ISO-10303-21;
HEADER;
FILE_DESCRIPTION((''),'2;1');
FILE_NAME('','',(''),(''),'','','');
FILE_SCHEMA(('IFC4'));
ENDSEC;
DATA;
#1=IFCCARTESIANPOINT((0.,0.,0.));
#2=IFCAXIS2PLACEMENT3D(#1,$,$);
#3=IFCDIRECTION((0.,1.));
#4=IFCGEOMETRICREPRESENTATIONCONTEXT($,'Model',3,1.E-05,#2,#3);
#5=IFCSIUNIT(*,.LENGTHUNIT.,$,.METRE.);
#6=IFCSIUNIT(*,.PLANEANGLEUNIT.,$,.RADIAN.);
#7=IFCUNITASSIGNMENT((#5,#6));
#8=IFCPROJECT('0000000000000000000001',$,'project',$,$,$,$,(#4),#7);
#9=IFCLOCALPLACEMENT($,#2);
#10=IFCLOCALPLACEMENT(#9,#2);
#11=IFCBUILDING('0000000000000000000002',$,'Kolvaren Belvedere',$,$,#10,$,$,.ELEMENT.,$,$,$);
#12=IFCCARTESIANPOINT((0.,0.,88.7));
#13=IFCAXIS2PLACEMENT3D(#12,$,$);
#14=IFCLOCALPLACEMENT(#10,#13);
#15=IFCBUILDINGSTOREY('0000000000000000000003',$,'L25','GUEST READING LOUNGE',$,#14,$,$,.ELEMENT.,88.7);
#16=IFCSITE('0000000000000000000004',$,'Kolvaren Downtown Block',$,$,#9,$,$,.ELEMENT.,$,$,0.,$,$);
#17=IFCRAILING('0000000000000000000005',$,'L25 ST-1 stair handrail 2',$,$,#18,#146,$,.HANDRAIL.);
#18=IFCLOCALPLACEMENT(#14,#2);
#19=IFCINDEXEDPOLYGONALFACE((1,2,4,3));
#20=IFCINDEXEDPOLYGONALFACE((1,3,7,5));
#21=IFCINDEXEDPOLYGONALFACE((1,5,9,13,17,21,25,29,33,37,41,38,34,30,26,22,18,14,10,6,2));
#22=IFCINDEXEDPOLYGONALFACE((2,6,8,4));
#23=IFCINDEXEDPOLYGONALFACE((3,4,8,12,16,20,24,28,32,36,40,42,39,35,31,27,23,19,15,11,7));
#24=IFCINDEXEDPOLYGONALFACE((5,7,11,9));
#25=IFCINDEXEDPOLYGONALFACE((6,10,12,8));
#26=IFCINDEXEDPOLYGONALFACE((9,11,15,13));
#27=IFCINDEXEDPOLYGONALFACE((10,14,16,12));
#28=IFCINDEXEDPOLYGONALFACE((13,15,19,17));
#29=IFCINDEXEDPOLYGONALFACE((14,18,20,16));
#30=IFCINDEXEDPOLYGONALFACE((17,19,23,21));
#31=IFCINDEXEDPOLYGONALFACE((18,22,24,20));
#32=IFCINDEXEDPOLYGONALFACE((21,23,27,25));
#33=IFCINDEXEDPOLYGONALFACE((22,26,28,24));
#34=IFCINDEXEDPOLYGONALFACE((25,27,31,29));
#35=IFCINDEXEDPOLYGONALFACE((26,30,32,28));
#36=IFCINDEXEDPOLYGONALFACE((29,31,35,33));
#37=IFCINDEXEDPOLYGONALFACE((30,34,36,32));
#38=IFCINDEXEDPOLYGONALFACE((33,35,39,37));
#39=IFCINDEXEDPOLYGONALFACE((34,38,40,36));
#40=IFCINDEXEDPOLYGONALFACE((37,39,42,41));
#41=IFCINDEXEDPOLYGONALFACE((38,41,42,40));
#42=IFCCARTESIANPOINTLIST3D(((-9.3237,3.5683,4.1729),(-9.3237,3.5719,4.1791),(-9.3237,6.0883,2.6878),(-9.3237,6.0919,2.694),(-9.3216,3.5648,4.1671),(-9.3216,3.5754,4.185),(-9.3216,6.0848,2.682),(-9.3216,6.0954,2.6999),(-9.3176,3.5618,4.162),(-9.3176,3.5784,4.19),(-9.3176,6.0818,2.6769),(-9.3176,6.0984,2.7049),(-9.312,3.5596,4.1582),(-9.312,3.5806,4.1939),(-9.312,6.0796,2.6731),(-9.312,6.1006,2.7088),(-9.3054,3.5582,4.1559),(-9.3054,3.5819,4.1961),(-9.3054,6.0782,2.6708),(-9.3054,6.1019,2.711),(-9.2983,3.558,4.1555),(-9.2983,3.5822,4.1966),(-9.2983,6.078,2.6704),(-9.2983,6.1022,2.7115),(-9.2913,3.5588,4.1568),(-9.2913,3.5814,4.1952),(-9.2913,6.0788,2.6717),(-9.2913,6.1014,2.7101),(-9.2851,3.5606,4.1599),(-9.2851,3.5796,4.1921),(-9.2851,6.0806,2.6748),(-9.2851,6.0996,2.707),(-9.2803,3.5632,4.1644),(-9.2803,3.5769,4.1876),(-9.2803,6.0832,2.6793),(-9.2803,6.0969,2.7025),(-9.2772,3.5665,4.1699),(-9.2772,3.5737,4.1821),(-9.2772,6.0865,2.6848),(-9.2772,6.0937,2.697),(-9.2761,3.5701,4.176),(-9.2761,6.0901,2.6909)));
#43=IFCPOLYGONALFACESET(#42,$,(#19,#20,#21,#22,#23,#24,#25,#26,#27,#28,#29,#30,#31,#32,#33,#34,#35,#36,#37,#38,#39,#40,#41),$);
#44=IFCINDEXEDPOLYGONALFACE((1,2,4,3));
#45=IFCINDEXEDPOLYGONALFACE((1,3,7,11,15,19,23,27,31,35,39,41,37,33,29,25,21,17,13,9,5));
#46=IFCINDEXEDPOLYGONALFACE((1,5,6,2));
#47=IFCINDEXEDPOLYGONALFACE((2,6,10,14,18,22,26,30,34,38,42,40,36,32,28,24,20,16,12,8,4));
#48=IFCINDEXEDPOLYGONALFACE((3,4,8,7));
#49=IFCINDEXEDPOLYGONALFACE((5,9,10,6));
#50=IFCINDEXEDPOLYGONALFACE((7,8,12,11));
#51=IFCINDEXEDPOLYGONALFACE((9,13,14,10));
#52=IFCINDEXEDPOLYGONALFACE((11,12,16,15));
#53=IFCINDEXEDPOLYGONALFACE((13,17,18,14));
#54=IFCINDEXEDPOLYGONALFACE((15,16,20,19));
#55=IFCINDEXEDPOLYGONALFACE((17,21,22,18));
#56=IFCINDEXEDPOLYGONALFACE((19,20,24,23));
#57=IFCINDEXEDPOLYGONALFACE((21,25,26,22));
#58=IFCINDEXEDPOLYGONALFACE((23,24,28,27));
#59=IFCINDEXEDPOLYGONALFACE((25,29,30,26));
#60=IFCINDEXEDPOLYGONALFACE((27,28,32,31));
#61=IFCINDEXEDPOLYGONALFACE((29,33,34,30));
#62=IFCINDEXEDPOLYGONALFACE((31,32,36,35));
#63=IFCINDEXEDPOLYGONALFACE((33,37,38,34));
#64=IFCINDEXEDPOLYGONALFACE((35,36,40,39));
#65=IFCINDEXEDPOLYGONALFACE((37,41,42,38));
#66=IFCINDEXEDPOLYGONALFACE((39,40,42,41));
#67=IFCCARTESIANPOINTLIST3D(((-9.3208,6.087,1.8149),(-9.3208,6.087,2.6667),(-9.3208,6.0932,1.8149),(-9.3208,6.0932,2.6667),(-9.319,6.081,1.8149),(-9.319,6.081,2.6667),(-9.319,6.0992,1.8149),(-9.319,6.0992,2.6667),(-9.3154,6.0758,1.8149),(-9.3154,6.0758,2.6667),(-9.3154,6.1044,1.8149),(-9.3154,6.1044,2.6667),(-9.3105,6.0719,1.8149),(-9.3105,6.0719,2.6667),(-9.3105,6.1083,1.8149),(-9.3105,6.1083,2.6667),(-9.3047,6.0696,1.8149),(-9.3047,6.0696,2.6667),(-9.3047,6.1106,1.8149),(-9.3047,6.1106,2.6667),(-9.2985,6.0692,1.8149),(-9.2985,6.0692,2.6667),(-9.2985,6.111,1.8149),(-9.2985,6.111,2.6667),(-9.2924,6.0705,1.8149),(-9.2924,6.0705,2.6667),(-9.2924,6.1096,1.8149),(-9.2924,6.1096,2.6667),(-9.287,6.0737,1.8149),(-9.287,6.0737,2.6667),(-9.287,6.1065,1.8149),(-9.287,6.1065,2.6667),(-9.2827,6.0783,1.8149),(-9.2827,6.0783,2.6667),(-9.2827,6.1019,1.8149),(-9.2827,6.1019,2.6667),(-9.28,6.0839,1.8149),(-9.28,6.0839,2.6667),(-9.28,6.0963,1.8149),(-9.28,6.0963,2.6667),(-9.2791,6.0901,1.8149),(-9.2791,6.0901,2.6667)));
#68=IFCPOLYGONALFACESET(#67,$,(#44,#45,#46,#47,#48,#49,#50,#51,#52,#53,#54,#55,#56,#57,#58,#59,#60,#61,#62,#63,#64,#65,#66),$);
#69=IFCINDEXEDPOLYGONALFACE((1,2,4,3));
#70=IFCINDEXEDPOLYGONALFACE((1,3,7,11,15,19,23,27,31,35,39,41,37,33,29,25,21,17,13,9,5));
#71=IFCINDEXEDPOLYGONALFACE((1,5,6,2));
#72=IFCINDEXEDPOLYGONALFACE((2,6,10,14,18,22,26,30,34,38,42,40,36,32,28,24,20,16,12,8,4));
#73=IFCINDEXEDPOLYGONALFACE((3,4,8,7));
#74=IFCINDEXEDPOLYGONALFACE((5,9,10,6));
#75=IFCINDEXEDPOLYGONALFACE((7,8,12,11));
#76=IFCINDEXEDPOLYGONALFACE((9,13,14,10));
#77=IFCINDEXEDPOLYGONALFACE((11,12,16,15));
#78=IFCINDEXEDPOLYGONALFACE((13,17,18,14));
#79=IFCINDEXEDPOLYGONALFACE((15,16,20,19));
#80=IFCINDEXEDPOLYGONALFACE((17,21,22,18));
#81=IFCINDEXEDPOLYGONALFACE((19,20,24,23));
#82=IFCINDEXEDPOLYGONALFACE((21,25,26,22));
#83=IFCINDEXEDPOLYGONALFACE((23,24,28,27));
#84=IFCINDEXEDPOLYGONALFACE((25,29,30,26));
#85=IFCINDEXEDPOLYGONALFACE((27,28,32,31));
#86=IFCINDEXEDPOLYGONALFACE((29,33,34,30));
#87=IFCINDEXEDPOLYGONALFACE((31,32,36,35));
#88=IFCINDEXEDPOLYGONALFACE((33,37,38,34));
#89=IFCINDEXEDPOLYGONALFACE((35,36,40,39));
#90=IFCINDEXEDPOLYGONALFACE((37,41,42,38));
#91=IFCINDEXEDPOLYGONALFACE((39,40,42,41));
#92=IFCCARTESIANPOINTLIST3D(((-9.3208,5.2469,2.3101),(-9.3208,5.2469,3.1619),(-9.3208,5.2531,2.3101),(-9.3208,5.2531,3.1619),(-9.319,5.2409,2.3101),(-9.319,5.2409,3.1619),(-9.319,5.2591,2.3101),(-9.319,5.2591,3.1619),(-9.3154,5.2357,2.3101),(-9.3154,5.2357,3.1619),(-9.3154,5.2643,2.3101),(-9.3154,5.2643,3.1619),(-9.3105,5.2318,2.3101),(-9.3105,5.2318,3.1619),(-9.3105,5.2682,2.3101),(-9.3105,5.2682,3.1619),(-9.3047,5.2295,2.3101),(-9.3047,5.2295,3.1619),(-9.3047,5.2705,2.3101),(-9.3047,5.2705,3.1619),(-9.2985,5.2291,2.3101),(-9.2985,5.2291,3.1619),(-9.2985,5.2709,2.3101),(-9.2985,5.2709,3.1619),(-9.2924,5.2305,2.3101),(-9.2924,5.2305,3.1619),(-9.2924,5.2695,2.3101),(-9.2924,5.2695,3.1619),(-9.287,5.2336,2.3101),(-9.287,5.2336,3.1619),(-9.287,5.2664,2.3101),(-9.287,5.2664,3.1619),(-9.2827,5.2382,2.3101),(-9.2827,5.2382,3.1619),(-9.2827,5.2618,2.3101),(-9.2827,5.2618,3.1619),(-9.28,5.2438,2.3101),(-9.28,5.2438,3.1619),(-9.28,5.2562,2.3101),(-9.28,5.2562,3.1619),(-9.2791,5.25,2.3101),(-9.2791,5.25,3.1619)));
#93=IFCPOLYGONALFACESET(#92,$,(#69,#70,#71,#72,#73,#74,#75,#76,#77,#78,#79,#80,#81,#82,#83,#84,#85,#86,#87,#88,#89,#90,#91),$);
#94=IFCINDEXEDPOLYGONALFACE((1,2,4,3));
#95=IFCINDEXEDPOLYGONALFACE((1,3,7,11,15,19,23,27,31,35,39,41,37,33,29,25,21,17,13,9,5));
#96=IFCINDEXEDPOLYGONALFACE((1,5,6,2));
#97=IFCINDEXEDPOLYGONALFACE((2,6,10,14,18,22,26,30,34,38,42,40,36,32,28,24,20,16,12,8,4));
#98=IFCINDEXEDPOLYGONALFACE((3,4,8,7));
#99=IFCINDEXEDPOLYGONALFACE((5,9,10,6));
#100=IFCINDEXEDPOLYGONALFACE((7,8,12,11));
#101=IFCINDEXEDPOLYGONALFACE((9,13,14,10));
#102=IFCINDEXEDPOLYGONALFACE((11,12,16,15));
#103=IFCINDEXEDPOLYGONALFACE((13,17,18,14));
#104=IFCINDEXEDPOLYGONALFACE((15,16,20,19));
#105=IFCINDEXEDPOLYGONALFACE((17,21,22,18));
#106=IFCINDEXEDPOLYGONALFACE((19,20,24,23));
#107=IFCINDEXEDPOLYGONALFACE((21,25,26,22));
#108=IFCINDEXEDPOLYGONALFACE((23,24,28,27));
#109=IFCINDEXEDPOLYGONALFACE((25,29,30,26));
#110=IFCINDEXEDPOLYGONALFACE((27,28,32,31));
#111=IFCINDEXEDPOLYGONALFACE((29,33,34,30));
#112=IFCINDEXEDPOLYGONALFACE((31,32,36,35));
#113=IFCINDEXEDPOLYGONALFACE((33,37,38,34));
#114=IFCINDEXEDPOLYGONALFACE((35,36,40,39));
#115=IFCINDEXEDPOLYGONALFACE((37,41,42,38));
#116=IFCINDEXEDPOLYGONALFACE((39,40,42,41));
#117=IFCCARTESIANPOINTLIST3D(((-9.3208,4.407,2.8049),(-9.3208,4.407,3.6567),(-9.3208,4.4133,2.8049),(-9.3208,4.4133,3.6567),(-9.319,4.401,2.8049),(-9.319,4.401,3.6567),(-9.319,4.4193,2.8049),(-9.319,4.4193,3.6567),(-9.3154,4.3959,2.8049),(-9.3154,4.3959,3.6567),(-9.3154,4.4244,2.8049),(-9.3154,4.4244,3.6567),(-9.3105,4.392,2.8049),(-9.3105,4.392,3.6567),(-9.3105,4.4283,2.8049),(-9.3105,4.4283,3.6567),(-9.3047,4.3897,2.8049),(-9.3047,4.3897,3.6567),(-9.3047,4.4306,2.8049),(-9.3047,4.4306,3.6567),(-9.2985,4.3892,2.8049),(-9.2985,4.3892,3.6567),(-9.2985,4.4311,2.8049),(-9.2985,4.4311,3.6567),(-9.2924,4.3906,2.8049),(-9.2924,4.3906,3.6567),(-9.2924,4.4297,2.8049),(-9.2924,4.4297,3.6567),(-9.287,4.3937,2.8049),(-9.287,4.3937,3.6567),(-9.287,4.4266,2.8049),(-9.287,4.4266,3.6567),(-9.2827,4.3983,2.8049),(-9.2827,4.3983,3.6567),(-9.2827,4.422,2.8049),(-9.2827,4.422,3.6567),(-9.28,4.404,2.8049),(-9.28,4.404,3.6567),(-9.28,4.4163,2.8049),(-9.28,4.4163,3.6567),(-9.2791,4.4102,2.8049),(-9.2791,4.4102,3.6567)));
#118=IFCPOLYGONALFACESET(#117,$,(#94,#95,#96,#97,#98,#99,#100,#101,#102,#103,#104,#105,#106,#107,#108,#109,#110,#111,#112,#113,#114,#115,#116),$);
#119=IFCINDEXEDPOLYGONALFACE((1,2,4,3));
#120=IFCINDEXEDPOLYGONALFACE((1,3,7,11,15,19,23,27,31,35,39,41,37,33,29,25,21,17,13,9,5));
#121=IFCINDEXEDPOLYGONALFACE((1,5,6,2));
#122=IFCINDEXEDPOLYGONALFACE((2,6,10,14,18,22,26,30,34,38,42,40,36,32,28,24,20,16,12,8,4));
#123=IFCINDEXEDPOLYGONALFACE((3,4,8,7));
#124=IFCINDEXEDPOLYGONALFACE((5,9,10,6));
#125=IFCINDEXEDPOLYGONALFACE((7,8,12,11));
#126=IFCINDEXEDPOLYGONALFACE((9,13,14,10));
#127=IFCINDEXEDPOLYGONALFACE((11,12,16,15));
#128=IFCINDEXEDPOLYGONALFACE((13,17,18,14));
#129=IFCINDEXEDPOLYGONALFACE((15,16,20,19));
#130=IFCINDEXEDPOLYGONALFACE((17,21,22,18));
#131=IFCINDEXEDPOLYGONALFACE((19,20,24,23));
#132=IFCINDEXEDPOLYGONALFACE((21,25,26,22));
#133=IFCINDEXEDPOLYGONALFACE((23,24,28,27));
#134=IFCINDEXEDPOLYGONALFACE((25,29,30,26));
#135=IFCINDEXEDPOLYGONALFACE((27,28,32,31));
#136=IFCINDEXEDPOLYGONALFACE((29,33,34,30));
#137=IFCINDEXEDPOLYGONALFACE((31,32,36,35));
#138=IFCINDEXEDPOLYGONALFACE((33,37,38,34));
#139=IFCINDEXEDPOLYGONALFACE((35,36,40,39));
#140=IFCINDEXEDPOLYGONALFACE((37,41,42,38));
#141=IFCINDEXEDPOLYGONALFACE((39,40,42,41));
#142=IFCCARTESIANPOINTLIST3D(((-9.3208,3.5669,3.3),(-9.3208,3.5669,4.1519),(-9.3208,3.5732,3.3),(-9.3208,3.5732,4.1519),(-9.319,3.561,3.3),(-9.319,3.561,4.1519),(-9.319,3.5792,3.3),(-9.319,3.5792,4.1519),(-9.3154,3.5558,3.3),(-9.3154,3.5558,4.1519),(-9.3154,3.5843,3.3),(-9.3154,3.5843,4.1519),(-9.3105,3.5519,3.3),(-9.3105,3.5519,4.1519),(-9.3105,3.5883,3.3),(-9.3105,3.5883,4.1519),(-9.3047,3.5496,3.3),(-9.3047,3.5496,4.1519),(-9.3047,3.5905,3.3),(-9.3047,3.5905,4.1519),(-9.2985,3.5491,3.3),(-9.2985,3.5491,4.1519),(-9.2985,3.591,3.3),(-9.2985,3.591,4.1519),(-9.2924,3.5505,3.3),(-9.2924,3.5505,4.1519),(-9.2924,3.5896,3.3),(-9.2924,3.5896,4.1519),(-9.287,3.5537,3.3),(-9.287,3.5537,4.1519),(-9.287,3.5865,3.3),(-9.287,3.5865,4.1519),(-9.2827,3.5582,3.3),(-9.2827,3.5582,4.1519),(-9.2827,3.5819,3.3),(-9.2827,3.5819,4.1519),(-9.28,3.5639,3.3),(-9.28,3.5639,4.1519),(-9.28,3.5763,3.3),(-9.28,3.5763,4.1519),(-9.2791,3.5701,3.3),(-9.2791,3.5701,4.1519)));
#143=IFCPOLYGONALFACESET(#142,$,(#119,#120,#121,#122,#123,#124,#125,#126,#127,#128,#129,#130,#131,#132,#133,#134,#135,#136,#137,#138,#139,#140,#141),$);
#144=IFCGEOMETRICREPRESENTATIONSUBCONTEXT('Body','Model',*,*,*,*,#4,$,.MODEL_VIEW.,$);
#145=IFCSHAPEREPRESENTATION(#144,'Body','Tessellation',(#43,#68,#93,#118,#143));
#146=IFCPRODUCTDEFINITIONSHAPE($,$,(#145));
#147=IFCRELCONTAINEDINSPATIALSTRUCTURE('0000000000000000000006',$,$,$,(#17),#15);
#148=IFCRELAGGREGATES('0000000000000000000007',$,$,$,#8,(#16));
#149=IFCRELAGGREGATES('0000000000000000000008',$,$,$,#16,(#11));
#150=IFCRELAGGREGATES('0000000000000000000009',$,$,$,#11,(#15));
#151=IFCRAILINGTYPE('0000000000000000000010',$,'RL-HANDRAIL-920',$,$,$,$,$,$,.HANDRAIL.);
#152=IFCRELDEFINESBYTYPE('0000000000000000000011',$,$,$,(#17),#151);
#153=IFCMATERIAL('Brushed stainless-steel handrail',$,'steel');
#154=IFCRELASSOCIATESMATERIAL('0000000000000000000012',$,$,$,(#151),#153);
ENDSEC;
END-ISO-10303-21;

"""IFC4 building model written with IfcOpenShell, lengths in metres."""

from ifc_helpers import new_model, si_unit, direction, frame, origin, origin_2d, place, context, subcontext, project, spatial, circle, extrude, material, type_object, element, save


model = new_model("IFC4")

# Units and contexts
model_context = context("Model", 3, precision=1e-05, world=origin(), true_north=direction((0.0, 1.0)))
body_context = subcontext(model_context, "Body", "Model", "MODEL_VIEW")
ifc_project = project(units=[si_unit("LENGTHUNIT", "METRE"), si_unit("PLANEANGLEUNIT", "RADIAN")], contexts=[model_context])

# Site, building, storey
site_placement = place(None, origin())
site = spatial("IfcSite", under=ifc_project, at=site_placement, Name="Kolvaren Downtown Block", CompositionType="ELEMENT", RefElevation=0.0)
building_placement = place(site_placement, origin())
building = spatial("IfcBuilding", under=site, at=building_placement, Name="Kolvaren Belvedere", CompositionType="ELEMENT")
storey_placement = place(building_placement, frame((0.0, 0.0, 88.7)))
storey = spatial("IfcBuildingStorey", under=building, at=storey_placement, Name="L25", Description="GUEST READING LOUNGE", CompositionType="ELEMENT", Elevation=88.7)

# Railing
ifc_material_1 = material(Name="Brushed stainless-steel handrail", Category="steel")
railing_type_1 = type_object("IfcRailingType", Name="RL-HANDRAIL-920", PredefinedType="HANDRAIL", material=ifc_material_1)
railing_1_placement = place(storey_placement, frame((-9.3, 6.0901, 1.8149)))
element("IfcRailing", 1, at=railing_1_placement, inside=storey, type_object=railing_type_1, Name="L25 ST-1 stair handrail 2", PredefinedType="HANDRAIL", context=body_context, shape_type="SweptSolid", body=[
    extrude(circle(Radius=0.0239, at=origin_2d()), frame((0.0, 0.0, 0.876), z_axis=(0.0, -0.861524, 0.507717), x_axis=(1.0, 0.0, 0.0)), (0.0, 0.0, 1.0), 2.925),
    extrude(circle(Radius=0.021, at=origin_2d()), origin(), (0.0, 0.0, 1.0), 0.8518),
    extrude(circle(Radius=0.021, at=origin_2d()), frame((0.0, -0.8401, 0.4951)), (0.0, 0.0, 1.0), 0.8518),
    extrude(circle(Radius=0.021, at=origin_2d()), frame((0.0, -1.6799, 0.99)), (0.0, 0.0, 1.0), 0.8518),
    extrude(circle(Radius=0.021, at=origin_2d()), frame((0.0, -2.52, 1.4851)), (0.0, 0.0, 1.0), 0.8518),
])

save(model, "model.ifc")
